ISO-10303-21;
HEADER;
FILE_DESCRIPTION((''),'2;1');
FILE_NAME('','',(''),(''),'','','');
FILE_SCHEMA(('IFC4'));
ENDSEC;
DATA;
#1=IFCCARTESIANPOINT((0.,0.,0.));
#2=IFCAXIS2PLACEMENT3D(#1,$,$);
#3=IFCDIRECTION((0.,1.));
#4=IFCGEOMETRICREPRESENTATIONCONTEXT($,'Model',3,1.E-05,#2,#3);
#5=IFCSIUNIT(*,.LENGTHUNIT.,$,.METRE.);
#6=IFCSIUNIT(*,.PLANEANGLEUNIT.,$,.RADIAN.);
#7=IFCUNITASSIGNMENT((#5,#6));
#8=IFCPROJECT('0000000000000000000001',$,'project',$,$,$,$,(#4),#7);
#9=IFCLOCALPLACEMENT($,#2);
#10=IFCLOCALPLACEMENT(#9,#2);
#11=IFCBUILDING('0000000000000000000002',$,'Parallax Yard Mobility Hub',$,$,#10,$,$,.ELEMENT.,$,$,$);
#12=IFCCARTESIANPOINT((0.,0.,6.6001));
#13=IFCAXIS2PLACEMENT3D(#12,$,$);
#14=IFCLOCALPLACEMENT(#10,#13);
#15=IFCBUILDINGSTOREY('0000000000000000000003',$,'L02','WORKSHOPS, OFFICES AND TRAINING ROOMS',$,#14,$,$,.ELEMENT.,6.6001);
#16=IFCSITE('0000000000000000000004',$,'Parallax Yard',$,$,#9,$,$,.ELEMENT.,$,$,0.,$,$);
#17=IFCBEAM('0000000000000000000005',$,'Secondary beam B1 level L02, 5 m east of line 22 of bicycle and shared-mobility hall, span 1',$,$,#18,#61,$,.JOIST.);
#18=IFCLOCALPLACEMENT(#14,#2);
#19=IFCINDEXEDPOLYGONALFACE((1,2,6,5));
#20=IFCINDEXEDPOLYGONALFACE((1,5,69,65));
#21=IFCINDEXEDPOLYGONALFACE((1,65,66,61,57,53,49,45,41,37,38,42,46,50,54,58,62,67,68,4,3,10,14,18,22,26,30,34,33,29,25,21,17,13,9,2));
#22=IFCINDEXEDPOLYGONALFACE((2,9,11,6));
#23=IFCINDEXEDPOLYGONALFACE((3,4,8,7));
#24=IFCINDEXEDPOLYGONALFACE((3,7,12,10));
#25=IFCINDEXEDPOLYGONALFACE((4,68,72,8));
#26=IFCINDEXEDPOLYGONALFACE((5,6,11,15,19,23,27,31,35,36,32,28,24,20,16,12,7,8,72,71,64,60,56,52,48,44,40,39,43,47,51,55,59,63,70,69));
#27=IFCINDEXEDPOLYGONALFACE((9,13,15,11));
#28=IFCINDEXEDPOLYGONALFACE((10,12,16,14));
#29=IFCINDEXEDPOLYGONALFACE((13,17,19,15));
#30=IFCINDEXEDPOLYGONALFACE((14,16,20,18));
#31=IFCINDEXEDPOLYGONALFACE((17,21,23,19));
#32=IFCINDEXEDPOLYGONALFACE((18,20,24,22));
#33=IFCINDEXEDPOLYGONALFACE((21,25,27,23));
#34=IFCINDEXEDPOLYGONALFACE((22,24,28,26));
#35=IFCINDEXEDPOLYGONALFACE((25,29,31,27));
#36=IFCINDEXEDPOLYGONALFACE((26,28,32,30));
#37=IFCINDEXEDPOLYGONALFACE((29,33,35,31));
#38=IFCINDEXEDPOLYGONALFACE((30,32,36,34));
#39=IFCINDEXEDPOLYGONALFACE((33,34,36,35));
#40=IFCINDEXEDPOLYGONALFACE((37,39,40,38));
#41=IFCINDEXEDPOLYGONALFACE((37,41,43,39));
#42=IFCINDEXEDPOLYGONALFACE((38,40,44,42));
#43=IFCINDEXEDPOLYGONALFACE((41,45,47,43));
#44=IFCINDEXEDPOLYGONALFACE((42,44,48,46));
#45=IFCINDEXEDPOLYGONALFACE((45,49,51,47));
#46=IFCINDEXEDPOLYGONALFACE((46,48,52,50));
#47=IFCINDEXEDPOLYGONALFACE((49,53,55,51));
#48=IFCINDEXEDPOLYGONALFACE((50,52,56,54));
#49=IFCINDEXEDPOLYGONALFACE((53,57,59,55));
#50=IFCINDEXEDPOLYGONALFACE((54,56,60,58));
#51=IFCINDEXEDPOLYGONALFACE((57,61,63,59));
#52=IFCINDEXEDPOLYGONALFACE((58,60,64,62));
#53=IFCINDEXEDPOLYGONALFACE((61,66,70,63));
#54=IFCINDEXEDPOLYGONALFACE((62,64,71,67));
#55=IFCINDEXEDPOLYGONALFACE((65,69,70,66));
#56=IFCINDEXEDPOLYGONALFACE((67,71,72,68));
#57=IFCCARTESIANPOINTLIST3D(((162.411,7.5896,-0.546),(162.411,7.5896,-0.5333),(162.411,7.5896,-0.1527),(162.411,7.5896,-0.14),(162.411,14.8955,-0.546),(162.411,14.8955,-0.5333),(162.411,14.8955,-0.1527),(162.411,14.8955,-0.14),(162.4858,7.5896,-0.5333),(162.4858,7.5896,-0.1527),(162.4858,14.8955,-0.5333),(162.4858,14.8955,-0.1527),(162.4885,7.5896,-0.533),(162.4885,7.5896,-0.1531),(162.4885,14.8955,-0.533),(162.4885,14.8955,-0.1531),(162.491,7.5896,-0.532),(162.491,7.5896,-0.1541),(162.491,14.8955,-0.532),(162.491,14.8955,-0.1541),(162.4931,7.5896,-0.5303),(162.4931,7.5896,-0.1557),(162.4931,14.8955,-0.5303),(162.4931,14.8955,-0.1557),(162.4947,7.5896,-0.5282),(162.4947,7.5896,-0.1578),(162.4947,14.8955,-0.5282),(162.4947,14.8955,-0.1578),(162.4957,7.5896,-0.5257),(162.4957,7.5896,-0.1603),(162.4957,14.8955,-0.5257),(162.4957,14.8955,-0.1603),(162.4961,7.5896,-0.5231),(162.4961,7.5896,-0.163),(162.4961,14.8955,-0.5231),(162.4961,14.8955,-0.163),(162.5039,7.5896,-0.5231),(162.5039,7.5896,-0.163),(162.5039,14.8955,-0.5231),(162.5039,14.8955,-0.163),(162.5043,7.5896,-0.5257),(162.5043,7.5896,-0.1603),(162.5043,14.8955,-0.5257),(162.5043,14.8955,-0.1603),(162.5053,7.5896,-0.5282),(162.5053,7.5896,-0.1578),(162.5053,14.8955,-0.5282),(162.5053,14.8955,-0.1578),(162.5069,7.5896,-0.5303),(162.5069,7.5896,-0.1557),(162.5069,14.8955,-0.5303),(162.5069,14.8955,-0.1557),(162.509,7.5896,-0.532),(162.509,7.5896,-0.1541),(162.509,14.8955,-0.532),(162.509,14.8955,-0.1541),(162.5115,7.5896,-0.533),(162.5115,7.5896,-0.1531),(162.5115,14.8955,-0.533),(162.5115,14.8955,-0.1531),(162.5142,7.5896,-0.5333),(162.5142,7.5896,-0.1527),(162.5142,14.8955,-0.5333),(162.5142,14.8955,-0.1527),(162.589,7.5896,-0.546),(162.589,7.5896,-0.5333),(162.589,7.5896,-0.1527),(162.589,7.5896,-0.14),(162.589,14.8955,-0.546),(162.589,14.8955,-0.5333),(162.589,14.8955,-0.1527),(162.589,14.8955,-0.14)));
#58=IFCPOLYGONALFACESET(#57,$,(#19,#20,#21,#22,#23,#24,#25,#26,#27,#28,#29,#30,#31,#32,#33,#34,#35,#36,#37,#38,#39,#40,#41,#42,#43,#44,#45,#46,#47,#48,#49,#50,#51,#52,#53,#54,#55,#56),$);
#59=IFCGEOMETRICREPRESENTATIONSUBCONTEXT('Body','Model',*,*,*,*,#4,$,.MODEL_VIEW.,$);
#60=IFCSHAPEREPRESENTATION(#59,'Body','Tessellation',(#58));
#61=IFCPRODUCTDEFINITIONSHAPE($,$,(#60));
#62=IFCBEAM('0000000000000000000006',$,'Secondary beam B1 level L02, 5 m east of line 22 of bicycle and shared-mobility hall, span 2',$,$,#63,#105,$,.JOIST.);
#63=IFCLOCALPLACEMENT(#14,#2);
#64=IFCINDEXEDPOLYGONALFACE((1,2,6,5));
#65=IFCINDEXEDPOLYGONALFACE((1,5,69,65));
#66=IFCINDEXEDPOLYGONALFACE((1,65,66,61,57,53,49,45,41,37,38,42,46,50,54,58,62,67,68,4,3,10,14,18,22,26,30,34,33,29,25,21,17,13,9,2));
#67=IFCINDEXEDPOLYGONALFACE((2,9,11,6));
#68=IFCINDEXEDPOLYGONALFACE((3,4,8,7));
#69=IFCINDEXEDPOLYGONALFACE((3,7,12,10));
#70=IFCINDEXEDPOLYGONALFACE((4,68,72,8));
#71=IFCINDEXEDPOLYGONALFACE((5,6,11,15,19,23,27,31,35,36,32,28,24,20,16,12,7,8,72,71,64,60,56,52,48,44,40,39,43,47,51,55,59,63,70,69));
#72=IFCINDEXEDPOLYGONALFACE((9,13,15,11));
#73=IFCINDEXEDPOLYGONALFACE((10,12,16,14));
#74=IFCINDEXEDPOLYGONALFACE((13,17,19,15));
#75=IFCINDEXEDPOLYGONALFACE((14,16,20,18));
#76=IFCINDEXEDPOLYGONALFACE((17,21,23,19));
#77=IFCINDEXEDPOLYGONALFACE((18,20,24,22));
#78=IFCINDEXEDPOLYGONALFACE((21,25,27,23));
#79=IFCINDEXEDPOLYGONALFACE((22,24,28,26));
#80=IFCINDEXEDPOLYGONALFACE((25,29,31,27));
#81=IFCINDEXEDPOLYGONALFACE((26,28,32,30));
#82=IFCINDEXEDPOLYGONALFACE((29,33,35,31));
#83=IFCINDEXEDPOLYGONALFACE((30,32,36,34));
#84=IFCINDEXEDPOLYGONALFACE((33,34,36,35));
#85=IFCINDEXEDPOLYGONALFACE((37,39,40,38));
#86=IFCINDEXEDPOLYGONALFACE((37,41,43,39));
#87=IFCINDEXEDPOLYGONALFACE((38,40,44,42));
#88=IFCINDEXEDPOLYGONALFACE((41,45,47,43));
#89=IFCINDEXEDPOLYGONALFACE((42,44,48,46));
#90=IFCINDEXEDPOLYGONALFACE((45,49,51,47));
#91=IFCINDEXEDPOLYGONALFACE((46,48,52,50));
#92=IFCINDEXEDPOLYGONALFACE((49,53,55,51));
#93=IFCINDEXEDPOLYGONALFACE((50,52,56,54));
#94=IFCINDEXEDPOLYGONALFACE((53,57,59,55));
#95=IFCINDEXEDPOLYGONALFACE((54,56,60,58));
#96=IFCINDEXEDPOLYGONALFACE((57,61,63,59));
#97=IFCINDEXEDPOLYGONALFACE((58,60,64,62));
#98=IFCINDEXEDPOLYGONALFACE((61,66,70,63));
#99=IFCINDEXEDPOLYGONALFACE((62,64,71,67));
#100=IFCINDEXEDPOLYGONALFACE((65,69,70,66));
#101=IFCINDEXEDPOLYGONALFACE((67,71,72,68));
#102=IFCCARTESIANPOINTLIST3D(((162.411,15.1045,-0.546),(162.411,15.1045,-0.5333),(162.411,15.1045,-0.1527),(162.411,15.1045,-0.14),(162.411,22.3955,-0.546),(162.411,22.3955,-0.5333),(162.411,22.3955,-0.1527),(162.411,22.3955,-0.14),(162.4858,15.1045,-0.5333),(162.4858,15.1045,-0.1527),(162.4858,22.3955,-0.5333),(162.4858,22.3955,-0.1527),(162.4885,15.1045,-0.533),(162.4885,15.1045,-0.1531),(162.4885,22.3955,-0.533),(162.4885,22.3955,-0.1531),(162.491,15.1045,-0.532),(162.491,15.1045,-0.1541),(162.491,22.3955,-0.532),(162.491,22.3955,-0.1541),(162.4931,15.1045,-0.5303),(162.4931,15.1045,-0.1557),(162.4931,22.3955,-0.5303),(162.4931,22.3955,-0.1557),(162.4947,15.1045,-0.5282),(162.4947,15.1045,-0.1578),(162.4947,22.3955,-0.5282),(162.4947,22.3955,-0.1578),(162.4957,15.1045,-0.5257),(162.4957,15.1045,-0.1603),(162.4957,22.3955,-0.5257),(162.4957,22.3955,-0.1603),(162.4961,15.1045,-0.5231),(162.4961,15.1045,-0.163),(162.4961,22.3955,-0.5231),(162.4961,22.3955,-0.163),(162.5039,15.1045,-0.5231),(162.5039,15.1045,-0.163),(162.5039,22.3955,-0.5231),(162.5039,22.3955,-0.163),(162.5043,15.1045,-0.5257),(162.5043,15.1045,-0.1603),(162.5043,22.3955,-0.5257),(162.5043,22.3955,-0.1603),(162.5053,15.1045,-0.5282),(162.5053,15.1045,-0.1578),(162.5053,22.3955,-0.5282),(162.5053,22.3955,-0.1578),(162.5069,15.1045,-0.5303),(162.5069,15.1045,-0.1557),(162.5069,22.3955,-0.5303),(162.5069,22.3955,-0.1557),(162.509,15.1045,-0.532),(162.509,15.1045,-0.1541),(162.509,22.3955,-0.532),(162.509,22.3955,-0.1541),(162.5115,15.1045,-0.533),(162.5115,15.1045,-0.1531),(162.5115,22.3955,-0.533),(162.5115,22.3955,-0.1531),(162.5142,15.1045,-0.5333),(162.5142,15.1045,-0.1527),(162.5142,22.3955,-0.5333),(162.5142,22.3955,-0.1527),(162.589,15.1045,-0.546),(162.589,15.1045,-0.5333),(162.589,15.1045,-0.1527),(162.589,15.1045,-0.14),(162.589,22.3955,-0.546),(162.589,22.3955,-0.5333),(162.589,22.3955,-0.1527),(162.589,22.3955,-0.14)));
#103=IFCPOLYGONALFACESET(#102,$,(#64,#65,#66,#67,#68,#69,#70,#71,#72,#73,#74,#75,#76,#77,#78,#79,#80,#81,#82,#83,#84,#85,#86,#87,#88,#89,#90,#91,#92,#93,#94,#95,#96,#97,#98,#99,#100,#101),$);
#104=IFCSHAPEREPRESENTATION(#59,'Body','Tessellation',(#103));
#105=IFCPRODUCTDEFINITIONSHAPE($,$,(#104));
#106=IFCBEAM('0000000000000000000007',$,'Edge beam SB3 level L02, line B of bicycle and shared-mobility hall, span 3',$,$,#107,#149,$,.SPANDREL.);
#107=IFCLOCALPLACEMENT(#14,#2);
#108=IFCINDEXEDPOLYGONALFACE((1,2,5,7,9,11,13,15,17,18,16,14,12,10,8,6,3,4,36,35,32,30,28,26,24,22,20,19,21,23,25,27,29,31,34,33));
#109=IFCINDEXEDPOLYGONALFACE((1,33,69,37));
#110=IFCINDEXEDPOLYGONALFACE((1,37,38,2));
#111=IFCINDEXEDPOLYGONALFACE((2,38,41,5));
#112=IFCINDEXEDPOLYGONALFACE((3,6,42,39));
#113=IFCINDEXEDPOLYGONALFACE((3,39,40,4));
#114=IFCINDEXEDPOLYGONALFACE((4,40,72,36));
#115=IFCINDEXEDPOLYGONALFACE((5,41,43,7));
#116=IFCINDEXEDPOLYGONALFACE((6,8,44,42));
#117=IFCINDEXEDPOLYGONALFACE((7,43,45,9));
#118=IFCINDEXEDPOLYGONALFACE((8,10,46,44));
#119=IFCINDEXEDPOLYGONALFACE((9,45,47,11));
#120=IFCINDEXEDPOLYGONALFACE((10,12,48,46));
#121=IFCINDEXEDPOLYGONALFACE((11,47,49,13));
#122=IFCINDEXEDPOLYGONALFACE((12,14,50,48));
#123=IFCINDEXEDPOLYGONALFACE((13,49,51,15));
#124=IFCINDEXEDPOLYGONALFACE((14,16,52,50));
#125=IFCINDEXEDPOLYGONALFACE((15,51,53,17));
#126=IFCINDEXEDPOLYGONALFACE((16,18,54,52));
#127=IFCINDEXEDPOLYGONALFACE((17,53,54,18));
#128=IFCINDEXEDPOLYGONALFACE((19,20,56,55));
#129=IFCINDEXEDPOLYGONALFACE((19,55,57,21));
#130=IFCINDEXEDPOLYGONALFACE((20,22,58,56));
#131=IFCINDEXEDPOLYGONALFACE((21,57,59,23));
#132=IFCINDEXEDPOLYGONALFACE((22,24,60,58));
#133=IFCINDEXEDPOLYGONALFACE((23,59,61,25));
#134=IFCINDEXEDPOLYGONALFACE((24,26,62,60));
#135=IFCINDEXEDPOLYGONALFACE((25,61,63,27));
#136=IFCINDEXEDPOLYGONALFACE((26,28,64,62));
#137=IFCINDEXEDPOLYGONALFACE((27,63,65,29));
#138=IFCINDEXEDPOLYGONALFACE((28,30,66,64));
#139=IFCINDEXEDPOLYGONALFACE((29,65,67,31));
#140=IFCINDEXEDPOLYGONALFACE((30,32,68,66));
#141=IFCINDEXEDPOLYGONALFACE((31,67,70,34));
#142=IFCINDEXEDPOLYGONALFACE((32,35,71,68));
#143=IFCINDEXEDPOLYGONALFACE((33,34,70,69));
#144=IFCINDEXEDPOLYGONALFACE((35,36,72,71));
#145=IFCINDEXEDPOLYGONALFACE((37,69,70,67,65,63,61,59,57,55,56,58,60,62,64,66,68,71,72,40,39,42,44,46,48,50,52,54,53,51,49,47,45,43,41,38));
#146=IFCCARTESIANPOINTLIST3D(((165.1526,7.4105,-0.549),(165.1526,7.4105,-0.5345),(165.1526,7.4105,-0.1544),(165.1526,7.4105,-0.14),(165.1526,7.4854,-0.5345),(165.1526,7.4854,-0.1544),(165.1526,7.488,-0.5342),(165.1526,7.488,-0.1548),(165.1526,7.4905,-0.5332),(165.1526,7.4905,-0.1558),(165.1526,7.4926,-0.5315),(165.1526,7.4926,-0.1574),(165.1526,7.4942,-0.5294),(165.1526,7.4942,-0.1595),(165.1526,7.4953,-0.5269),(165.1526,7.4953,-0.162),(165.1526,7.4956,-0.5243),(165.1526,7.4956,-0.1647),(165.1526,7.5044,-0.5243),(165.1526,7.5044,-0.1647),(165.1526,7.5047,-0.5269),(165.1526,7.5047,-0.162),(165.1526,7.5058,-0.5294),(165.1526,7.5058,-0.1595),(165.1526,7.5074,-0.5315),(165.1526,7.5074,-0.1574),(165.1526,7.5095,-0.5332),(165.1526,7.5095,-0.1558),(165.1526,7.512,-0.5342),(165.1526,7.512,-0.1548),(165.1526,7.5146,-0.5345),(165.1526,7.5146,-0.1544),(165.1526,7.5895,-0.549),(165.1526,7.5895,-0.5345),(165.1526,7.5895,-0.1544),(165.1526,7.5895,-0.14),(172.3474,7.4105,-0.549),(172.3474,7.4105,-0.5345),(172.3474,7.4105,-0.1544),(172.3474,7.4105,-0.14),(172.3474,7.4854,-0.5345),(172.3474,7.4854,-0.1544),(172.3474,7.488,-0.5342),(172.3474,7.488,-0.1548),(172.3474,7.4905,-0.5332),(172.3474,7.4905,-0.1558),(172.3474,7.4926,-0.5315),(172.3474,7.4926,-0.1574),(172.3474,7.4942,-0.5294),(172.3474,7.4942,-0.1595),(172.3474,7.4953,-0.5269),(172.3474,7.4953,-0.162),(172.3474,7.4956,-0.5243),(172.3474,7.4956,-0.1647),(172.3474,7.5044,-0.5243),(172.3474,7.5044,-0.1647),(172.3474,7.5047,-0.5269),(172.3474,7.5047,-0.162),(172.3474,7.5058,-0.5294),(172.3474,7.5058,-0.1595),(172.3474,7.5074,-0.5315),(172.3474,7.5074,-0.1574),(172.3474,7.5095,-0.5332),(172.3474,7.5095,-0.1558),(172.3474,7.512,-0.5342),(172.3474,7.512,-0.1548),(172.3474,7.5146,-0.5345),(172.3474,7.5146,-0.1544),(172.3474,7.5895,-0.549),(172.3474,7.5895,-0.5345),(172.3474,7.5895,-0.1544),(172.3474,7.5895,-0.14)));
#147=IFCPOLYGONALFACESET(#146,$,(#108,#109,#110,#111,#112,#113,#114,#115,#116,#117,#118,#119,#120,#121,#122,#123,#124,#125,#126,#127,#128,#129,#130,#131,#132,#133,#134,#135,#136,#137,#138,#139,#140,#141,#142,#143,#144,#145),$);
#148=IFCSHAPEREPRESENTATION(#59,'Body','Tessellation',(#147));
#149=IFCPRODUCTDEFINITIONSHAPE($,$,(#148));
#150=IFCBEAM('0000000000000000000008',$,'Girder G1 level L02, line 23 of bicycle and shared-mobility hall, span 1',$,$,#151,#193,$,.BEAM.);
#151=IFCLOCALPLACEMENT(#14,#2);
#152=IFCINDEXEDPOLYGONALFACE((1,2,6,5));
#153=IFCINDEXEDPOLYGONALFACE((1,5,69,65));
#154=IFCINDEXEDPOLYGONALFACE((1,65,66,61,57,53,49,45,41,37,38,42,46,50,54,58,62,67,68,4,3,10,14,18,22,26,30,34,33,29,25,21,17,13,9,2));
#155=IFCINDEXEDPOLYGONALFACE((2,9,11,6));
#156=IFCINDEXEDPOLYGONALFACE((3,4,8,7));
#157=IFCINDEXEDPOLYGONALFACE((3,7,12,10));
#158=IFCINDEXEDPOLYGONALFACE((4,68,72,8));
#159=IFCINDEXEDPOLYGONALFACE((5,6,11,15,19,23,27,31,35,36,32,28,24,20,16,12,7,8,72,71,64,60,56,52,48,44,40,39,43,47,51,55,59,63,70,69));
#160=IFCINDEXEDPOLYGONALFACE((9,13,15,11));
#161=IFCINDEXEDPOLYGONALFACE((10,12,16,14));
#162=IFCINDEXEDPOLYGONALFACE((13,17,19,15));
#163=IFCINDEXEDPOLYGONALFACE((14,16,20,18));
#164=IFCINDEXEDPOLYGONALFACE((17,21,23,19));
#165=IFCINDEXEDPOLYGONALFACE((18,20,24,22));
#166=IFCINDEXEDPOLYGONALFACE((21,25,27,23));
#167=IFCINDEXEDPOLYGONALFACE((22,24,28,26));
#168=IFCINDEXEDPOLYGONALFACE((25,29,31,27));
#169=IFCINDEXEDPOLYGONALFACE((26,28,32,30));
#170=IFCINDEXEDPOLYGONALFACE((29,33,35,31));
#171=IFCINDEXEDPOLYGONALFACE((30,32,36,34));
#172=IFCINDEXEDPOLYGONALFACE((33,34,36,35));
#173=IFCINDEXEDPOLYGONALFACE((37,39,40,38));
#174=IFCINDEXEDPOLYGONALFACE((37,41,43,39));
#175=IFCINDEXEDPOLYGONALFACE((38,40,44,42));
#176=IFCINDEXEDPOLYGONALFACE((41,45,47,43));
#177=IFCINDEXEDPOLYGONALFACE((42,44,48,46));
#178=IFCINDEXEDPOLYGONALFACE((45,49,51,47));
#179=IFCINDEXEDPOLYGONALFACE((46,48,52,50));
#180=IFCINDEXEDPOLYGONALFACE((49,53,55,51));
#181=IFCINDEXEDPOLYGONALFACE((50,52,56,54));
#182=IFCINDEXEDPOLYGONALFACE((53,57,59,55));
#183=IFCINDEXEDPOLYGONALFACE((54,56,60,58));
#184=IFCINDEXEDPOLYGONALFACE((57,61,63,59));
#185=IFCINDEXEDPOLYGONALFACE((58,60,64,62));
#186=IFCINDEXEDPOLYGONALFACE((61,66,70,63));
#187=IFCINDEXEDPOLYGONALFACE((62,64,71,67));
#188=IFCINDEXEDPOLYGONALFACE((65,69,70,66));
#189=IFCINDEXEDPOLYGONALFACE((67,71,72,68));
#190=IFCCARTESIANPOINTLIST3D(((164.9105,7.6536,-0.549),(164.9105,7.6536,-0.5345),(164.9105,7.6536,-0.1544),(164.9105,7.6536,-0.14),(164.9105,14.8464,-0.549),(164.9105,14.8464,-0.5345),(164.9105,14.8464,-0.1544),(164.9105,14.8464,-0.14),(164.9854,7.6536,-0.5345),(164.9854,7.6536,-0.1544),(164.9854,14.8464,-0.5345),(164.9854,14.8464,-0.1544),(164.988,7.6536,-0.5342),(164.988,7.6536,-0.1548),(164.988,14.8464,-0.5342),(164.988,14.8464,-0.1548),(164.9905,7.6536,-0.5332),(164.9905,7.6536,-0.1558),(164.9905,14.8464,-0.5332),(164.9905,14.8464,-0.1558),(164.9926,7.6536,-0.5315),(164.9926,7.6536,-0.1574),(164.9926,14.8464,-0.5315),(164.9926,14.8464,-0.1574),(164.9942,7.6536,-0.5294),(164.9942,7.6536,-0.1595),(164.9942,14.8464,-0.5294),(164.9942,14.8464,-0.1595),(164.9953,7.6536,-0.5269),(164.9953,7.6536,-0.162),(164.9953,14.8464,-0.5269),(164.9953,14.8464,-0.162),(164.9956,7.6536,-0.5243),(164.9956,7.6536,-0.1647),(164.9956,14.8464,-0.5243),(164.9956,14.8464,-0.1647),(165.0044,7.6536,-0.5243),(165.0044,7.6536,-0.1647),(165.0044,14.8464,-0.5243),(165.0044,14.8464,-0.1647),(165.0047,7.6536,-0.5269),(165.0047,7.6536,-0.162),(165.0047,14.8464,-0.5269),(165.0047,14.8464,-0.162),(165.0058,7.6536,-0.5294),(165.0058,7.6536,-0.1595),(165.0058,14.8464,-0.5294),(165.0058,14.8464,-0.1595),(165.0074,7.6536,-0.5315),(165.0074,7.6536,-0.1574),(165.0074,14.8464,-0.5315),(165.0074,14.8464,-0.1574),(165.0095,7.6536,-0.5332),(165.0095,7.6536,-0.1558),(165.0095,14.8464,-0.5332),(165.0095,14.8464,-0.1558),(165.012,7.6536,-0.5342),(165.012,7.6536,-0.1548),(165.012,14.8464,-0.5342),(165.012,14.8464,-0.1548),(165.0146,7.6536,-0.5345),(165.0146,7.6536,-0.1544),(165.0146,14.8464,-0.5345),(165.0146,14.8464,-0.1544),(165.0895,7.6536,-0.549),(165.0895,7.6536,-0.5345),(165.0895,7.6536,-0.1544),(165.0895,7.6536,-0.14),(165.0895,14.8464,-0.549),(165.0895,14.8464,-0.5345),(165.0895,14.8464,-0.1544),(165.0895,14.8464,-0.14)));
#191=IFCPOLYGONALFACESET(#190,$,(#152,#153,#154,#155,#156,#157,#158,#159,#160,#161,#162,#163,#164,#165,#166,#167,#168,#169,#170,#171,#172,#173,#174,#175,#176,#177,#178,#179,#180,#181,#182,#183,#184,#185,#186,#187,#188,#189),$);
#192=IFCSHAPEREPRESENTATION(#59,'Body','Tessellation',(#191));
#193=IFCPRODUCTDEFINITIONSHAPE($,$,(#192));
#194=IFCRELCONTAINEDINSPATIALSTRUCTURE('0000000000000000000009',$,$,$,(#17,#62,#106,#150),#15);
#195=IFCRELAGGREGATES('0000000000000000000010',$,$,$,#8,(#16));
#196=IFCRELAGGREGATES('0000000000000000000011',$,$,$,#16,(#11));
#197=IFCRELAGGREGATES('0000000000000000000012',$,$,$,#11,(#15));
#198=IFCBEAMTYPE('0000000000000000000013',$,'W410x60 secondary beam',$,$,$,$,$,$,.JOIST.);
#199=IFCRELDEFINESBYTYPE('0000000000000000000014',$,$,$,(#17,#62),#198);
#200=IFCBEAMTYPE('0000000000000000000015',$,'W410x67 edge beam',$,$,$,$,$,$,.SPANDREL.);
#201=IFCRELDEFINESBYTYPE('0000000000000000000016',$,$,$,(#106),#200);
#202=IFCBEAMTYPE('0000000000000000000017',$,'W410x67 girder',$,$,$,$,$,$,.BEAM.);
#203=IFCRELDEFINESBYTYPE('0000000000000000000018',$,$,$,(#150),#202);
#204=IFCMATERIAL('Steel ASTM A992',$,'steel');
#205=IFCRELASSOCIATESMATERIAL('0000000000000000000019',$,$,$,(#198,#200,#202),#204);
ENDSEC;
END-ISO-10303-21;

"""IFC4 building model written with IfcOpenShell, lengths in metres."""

from ifc_helpers import new_model, si_unit, direction, frame, origin, origin_2d, place, context, subcontext, project, spatial, i_section, extrude, material, material_profile, profile_set, type_object, element, save


model = new_model("IFC4")

# Units and contexts
model_context = context("Model", 3, precision=1e-05, world=origin(), true_north=direction((0.0, 1.0)))
body_context = subcontext(model_context, "Body", "Model", "MODEL_VIEW")
ifc_project = project(units=[si_unit("LENGTHUNIT", "METRE"), si_unit("PLANEANGLEUNIT", "RADIAN")], contexts=[model_context])

# Site, building, storey
site_placement = place(None, origin())
site = spatial("IfcSite", under=ifc_project, at=site_placement, Name="Parallax Yard", CompositionType="ELEMENT", RefElevation=0.0)
building_placement = place(site_placement, origin())
building = spatial("IfcBuilding", under=site, at=building_placement, Name="Parallax Yard Mobility Hub", CompositionType="ELEMENT")
storey_placement = place(building_placement, frame((0.0, 0.0, 6.6001)))
storey = spatial("IfcBuildingStorey", under=building, at=storey_placement, Name="L02", Description="WORKSHOPS, OFFICES AND TRAINING ROOMS", CompositionType="ELEMENT", Elevation=6.6001)

# Shared definitions
ifc_material_1 = material(Name="Steel ASTM A992", Category="steel")

# Beams
ifc_material_profile_1 = material_profile(ifc_material_1, i_section(OverallWidth=0.178, OverallDepth=0.406, WebThickness=0.0078, FlangeThickness=0.0127, FilletRadius=0.0103, at=origin_2d()), Name="W410x60")
ifc_profile_set_1 = profile_set([ifc_material_profile_1], Name="Steel ASTM A992")
beam_type_1 = type_object("IfcBeamType", Name="W410x60 secondary beam", PredefinedType="JOIST", material=ifc_profile_set_1)
beam_1_placement = place(storey_placement, frame((162.5, 7.5896, -0.343), z_axis=(0.0, 1.0, 0.0), x_axis=(-1.0, 0.0, 0.0)))
element("IfcBeam", 1, at=beam_1_placement, inside=storey, type_object=beam_type_1, Name="Secondary beam B1 level L02, 5 m east of line 22 of bicycle and shared-mobility hall, span 1", PredefinedType="JOIST", context=body_context, shape_type="SweptSolid", body=[
    extrude(i_section(OverallWidth=0.178, OverallDepth=0.406, WebThickness=0.0078, FlangeThickness=0.0127, FilletRadius=0.0103, at=origin_2d()), origin(), (0.0, 0.0, 1.0), 7.3059),
])
beam_2_placement = place(storey_placement, frame((162.5, 15.1045, -0.343), z_axis=(0.0, 1.0, 0.0), x_axis=(-1.0, 0.0, 0.0)))
element("IfcBeam", 2, at=beam_2_placement, inside=storey, type_object=beam_type_1, Name="Secondary beam B1 level L02, 5 m east of line 22 of bicycle and shared-mobility hall, span 2", PredefinedType="JOIST", context=body_context, shape_type="SweptSolid", body=[
    extrude(i_section(OverallWidth=0.178, OverallDepth=0.406, WebThickness=0.0078, FlangeThickness=0.0127, FilletRadius=0.0103, at=origin_2d()), origin(), (0.0, 0.0, 1.0), 7.291),
])
ifc_material_profile_2 = material_profile(ifc_material_1, i_section(OverallWidth=0.179, OverallDepth=0.4089, WebThickness=0.0088, FlangeThickness=0.0144, FilletRadius=0.0103, at=origin_2d()), Name="W410x67")
ifc_profile_set_2 = profile_set([ifc_material_profile_2], Name="Steel ASTM A992")
beam_type_2 = type_object("IfcBeamType", Name="W410x67 edge beam", PredefinedType="SPANDREL", material=ifc_profile_set_2)
beam_3_placement = place(storey_placement, frame((165.1526, 7.5, -0.3445), z_axis=(1.0, 0.0, 0.0), x_axis=(0.0, 1.0, 0.0)))
element("IfcBeam", 3, at=beam_3_placement, inside=storey, type_object=beam_type_2, Name="Edge beam SB3 level L02, line B of bicycle and shared-mobility hall, span 3", PredefinedType="SPANDREL", context=body_context, shape_type="SweptSolid", body=[
    extrude(i_section(OverallWidth=0.179, OverallDepth=0.4089, WebThickness=0.0088, FlangeThickness=0.0144, FilletRadius=0.0103, at=origin_2d()), origin(), (0.0, 0.0, 1.0), 7.1948),
])
ifc_material_profile_3 = material_profile(ifc_material_1, i_section(OverallWidth=0.179, OverallDepth=0.4089, WebThickness=0.0088, FlangeThickness=0.0144, FilletRadius=0.0103, at=origin_2d()), Name="W410x67")
ifc_profile_set_3 = profile_set([ifc_material_profile_3], Name="Steel ASTM A992")
beam_type_3 = type_object("IfcBeamType", Name="W410x67 girder", PredefinedType="BEAM", material=ifc_profile_set_3)
for number, where, z_axis, x_axis, name in (
    (4, (165.0, 7.6536, -0.3445), (0.0, 1.0, 0.0), (-1.0, 0.0, 0.0), "Girder G1 level L02, line 23 of bicycle and shared-mobility hall, span 1"),
):
    element("IfcBeam", number, at=place(storey_placement, frame(where, z_axis=z_axis, x_axis=x_axis)), inside=storey, type_object=beam_type_3, Name=name, PredefinedType="BEAM", context=body_context, shape_type="SweptSolid", body=[
        extrude(i_section(OverallWidth=0.179, OverallDepth=0.4089, WebThickness=0.0088, FlangeThickness=0.0144, FilletRadius=0.0103, at=origin_2d()), origin(), (0.0, 0.0, 1.0), 7.1929),
    ])

save(model, "model.ifc")
